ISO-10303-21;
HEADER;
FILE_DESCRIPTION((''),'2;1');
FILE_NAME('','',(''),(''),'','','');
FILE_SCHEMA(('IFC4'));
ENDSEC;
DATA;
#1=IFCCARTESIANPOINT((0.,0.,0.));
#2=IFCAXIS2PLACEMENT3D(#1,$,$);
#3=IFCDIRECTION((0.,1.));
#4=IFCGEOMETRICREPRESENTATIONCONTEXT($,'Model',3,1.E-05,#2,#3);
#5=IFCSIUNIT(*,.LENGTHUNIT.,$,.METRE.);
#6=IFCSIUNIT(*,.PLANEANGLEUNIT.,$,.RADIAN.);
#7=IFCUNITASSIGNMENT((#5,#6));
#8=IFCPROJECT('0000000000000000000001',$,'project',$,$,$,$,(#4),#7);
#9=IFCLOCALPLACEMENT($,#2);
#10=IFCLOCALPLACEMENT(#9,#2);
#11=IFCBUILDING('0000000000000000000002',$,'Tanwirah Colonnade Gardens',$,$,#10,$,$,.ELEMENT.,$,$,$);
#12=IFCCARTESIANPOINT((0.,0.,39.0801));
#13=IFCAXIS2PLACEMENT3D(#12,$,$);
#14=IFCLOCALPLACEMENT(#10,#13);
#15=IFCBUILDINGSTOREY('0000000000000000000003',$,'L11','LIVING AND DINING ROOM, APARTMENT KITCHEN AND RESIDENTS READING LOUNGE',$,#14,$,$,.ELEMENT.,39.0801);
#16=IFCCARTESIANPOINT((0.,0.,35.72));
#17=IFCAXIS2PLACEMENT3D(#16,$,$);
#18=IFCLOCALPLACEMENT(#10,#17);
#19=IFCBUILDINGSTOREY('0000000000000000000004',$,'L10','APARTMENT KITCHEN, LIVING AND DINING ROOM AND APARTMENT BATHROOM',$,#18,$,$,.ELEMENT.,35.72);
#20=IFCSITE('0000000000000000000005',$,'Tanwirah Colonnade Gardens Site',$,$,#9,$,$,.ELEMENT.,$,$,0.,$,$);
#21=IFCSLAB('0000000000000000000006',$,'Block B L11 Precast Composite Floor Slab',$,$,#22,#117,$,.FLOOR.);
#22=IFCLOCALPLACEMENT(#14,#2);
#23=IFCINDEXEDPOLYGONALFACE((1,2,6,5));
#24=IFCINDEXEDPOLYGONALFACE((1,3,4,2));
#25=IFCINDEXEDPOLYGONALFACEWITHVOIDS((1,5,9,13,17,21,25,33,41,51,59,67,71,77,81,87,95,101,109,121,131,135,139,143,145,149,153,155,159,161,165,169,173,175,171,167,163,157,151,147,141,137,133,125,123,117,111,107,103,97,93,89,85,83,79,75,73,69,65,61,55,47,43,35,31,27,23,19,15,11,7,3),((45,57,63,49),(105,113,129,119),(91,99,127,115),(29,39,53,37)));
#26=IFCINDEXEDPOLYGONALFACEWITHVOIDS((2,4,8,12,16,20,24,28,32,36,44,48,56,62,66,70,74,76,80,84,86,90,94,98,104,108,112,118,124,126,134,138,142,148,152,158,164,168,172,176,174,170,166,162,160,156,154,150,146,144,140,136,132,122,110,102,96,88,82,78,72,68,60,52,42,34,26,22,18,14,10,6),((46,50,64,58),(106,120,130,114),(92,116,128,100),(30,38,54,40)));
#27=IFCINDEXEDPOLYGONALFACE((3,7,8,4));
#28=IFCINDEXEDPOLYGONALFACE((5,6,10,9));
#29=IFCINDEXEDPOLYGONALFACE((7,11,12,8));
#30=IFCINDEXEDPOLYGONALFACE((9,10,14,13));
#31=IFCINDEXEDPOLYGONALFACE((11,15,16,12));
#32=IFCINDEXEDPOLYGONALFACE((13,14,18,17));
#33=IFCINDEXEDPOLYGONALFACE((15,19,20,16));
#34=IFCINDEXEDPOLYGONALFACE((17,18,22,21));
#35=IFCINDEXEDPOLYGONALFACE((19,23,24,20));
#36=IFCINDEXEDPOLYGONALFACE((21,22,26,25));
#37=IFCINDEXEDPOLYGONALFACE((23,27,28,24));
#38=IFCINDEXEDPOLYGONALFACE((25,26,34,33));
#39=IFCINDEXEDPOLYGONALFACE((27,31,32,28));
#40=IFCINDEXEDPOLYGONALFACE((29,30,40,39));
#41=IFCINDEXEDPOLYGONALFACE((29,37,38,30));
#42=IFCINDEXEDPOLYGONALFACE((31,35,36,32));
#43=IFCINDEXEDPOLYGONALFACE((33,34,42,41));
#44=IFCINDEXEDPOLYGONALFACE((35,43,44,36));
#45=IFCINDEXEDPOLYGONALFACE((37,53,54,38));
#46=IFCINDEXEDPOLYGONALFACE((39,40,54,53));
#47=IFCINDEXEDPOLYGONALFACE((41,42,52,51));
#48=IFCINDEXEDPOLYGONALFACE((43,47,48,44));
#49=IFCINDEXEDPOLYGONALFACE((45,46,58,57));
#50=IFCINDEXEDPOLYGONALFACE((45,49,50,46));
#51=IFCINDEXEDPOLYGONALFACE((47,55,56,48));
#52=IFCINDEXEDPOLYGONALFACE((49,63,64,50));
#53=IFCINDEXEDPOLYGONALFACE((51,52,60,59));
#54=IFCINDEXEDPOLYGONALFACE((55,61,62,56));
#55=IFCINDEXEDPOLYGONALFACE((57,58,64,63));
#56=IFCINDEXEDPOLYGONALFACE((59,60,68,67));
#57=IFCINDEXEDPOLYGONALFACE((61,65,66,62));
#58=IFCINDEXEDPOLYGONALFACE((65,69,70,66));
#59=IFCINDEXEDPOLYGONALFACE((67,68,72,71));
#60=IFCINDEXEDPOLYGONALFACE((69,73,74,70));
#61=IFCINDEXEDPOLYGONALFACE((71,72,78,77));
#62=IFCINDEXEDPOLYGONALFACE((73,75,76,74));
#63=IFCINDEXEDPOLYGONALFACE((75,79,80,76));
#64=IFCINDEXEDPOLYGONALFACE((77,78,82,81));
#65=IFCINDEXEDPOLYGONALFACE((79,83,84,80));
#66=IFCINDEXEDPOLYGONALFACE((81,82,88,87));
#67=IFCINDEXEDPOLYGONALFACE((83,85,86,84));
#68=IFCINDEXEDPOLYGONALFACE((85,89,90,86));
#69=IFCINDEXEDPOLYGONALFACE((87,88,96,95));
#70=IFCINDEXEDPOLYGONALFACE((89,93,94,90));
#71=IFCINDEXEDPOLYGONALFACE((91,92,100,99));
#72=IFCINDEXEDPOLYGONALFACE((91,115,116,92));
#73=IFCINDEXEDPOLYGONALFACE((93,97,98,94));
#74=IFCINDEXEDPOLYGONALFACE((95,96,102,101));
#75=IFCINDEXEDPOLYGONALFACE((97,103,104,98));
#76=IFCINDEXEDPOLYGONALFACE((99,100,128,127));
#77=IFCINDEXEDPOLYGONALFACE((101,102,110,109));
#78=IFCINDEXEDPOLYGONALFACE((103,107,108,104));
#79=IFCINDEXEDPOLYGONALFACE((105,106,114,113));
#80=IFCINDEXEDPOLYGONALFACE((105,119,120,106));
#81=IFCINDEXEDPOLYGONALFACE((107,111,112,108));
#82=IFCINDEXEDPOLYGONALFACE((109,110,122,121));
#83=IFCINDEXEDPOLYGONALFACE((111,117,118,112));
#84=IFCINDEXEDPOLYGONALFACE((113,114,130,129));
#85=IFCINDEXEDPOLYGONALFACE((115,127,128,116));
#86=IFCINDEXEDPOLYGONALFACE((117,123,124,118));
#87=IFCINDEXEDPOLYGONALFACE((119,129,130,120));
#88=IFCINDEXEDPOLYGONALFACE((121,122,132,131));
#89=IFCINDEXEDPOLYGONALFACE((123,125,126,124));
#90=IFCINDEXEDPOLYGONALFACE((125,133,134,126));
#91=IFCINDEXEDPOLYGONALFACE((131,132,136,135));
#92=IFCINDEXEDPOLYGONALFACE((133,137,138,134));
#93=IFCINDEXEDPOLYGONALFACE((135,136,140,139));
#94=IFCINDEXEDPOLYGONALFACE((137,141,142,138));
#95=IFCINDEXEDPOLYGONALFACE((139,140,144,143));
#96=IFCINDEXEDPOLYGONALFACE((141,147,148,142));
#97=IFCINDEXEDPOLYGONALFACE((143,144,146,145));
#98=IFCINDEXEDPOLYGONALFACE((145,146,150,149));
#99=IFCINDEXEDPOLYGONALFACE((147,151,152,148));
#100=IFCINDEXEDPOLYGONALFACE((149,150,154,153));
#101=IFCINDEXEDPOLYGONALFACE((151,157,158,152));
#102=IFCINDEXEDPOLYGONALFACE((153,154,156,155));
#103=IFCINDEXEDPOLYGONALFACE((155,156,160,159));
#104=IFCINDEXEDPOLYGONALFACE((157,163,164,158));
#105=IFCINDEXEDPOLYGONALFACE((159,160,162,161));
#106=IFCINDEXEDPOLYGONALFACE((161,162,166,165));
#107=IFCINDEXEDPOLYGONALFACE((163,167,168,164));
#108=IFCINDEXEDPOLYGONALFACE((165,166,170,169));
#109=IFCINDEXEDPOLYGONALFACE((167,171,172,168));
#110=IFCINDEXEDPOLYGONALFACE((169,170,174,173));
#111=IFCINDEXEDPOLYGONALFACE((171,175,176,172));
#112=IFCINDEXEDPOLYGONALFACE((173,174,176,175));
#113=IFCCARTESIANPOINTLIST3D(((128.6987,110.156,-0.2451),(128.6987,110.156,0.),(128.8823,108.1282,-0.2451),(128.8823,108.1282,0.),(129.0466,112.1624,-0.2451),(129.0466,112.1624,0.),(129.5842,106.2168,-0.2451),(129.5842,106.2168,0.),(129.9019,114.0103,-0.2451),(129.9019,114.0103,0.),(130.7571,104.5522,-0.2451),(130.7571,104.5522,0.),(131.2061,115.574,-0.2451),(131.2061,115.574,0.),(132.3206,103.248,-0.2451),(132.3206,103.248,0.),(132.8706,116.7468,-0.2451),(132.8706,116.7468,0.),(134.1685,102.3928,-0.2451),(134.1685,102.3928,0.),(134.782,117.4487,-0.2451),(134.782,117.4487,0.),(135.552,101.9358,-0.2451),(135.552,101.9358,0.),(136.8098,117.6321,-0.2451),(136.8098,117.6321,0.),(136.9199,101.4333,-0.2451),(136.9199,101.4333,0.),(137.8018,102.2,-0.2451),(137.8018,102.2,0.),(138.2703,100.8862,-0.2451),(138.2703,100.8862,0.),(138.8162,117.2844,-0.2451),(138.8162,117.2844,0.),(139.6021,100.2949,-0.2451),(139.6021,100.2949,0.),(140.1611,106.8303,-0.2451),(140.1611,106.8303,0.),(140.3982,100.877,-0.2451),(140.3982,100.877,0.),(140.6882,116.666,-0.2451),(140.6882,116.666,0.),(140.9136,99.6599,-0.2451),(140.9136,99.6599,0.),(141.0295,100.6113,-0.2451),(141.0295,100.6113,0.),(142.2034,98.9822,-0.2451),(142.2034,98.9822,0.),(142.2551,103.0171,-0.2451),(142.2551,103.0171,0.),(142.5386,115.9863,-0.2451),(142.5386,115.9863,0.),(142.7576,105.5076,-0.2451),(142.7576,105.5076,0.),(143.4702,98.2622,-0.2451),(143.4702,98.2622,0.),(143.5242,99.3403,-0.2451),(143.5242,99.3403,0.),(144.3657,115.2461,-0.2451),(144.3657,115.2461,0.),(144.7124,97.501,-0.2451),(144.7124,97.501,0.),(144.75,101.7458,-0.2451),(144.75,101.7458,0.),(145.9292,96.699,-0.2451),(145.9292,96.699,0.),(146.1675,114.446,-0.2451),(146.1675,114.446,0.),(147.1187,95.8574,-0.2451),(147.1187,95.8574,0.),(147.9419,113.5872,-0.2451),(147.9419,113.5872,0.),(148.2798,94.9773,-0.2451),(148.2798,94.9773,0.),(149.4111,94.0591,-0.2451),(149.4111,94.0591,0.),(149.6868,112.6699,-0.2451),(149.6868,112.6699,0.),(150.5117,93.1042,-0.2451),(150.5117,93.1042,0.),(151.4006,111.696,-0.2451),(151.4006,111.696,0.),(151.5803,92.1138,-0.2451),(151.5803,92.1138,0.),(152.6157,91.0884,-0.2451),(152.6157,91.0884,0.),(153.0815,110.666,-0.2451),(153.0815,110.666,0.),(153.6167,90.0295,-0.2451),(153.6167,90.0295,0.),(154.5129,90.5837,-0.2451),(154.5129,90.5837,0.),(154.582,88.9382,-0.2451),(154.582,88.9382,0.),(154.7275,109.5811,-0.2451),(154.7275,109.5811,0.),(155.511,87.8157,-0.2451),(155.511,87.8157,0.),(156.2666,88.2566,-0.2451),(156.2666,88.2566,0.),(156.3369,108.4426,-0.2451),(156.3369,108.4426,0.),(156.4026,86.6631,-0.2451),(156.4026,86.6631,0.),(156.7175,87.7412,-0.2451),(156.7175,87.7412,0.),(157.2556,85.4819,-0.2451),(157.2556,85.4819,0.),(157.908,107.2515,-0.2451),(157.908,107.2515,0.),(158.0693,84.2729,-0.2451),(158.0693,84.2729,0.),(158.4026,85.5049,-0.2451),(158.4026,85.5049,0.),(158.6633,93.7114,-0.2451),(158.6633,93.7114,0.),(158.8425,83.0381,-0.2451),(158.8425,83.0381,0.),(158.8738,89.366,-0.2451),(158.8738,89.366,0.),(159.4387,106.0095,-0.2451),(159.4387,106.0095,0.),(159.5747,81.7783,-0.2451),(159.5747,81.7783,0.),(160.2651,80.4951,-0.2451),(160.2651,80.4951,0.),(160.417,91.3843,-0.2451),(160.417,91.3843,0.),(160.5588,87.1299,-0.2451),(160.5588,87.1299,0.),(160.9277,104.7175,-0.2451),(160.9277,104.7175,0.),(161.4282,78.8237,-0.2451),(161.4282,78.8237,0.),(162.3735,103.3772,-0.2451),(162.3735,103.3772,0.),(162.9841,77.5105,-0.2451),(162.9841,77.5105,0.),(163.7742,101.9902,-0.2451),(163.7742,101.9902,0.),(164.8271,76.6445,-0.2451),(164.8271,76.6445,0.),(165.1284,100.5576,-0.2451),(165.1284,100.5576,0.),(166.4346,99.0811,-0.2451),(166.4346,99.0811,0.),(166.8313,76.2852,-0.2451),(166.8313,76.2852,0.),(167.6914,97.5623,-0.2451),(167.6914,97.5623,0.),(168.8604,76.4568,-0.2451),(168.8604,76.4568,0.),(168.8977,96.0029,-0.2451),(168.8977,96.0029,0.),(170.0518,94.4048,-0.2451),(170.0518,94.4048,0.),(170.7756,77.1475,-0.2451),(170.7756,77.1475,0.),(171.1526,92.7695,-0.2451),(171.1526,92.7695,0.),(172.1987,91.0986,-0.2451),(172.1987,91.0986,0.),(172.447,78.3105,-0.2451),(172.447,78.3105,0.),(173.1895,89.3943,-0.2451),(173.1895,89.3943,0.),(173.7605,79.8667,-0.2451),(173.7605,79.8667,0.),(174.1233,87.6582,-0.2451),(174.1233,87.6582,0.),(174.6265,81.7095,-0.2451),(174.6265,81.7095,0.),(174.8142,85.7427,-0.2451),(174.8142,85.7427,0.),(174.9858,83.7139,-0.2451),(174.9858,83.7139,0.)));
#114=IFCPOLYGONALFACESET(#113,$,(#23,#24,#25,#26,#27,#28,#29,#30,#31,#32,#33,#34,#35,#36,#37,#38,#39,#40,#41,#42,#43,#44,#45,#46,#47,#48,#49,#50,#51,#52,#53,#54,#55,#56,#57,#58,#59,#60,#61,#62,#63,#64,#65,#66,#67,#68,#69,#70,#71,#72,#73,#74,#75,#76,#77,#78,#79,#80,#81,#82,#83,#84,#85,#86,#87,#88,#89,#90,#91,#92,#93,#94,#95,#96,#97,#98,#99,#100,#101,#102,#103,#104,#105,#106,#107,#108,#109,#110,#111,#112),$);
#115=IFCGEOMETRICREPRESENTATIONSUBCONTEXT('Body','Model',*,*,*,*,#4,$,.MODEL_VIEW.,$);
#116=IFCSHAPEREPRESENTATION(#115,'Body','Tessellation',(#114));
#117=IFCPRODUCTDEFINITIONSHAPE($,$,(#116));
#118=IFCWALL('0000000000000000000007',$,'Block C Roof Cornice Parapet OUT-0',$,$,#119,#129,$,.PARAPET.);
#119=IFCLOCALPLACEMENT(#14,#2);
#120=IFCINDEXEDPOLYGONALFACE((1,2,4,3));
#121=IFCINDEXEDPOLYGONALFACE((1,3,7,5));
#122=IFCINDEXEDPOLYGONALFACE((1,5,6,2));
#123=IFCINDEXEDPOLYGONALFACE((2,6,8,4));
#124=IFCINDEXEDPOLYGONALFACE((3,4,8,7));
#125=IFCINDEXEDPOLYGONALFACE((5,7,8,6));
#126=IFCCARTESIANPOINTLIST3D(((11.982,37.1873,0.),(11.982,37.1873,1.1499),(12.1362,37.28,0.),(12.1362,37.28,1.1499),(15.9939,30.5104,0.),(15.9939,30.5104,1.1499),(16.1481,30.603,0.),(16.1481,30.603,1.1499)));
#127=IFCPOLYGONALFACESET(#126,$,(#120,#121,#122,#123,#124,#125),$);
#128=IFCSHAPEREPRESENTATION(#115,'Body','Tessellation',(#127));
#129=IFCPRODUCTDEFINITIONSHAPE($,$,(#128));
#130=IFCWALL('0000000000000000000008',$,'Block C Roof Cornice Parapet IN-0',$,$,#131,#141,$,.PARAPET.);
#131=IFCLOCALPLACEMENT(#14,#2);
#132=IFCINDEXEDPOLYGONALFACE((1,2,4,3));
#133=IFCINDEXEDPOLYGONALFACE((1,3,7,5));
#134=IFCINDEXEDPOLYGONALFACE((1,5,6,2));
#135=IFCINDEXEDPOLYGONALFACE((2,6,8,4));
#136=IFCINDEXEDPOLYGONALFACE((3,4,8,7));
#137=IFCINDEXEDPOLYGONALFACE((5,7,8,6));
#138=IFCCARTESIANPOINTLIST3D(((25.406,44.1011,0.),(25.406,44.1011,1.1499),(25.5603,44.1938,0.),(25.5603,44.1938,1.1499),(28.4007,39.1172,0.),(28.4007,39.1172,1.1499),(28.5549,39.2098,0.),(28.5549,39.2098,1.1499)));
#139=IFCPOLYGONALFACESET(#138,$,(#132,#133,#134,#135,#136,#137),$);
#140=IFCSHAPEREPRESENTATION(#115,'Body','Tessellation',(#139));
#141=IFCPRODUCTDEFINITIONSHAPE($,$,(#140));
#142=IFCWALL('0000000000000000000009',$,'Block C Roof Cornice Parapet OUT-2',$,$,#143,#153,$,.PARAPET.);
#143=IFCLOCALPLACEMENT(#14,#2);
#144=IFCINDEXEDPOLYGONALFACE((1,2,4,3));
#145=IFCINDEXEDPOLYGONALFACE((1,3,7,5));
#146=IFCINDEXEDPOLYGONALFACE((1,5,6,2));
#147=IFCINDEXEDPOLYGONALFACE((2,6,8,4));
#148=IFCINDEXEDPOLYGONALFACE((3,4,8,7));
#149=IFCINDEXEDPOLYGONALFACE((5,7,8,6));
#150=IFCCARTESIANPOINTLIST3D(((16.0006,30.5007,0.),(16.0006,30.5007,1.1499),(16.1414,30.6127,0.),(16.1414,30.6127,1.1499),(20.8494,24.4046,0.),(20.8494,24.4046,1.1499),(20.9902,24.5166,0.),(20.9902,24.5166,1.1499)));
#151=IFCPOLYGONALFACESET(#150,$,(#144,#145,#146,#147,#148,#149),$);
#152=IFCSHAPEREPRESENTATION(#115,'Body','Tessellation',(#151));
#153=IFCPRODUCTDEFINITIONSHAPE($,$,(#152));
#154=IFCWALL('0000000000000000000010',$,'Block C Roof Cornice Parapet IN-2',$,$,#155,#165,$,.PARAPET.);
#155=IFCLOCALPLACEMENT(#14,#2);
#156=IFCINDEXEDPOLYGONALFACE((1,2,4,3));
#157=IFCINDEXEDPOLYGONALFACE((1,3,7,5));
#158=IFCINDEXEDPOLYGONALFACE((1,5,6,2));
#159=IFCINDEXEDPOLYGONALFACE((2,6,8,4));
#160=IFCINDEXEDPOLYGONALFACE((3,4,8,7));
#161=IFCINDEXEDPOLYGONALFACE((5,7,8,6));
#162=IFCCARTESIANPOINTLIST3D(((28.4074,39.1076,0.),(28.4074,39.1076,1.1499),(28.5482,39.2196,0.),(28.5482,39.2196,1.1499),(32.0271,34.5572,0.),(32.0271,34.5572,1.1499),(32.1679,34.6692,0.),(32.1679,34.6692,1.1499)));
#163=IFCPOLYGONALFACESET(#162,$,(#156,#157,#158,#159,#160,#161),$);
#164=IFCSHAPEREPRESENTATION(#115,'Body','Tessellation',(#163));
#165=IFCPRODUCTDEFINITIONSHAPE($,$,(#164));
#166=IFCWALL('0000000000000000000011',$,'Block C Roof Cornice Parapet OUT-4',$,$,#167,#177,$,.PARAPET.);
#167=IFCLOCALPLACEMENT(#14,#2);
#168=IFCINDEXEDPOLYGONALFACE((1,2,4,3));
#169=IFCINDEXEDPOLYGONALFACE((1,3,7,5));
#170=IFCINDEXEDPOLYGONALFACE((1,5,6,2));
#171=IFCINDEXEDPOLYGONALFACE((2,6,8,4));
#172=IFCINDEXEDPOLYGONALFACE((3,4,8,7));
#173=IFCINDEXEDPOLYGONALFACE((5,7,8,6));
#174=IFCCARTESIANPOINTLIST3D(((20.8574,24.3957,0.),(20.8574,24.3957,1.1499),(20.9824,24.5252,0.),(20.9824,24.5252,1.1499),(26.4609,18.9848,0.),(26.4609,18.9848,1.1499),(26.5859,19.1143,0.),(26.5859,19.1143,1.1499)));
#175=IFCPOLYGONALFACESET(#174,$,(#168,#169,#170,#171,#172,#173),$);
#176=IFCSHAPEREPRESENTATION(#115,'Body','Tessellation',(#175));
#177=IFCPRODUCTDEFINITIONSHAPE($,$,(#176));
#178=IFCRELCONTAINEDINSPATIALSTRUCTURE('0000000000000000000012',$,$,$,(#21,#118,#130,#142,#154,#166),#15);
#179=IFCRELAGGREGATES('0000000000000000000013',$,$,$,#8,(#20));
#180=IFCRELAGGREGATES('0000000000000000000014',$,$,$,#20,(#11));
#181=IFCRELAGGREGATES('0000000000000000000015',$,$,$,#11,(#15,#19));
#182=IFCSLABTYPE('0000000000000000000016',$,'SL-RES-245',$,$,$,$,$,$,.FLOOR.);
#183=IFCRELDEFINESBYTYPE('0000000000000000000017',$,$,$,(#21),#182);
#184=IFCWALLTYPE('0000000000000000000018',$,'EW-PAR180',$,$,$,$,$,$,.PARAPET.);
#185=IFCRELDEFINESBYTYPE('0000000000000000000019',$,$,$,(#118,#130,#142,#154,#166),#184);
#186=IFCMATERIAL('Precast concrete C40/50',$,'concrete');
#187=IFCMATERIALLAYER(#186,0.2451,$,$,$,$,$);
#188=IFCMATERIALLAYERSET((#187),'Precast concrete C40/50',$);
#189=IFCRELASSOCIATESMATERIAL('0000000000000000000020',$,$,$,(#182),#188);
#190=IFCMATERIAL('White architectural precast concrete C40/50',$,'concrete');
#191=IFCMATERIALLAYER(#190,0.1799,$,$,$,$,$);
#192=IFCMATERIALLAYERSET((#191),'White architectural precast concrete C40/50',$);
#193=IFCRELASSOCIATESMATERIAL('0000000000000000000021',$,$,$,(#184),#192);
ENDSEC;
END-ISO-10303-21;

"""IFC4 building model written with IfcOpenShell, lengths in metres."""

from ifc_helpers import new_model, si_unit, direction, frame, frame_2d, origin, place, context, subcontext, project, spatial, polyline, rectangle, outline, extrude, material, layer, layer_set, type_object, element, save


model = new_model("IFC4")

# Units and contexts
model_context = context("Model", 3, precision=1e-05, world=origin(), true_north=direction((0.0, 1.0)))
body_context = subcontext(model_context, "Body", "Model", "MODEL_VIEW")
ifc_project = project(units=[si_unit("LENGTHUNIT", "METRE"), si_unit("PLANEANGLEUNIT", "RADIAN")], contexts=[model_context])

# Site, building, storey
site_placement = place(None, origin())
site = spatial("IfcSite", under=ifc_project, at=site_placement, Name="Tanwirah Colonnade Gardens Site", CompositionType="ELEMENT", RefElevation=0.0)
building_placement = place(site_placement, origin())
building = spatial("IfcBuilding", under=site, at=building_placement, Name="Tanwirah Colonnade Gardens", CompositionType="ELEMENT")
storey_1_placement = place(building_placement, frame((0.0, 0.0, 39.0801)))
storey_1 = spatial("IfcBuildingStorey", under=building, at=storey_1_placement, Name="L11", Description="LIVING AND DINING ROOM, APARTMENT KITCHEN AND RESIDENTS READING LOUNGE", CompositionType="ELEMENT", Elevation=39.0801)

# Shared definitions
storey_2_placement = place(building_placement, frame((0.0, 0.0, 35.72)))
storey_2 = spatial("IfcBuildingStorey", under=building, at=storey_2_placement, Name="L10", Description="APARTMENT KITCHEN, LIVING AND DINING ROOM AND APARTMENT BATHROOM", CompositionType="ELEMENT", Elevation=35.72)

# Shared definitions
ifc_material_1 = material(Name="White architectural precast concrete C40/50", Category="concrete")

# Shared definitions
ifc_material_2 = material(Name="Precast concrete C40/50", Category="concrete")

# Slab
ifc_layer_1 = layer(ifc_material_2, 0.2451)
ifc_layer_set_1 = layer_set([ifc_layer_1], Name="Precast concrete C40/50")
slab_type_1 = type_object("IfcSlabType", Name="SL-RES-245", PredefinedType="FLOOR", material=ifc_layer_set_1)
slab_1_placement = place(storey_1_placement, frame((0.0, 0.0, -0.2451)))
element("IfcSlab", 1, at=slab_1_placement, inside=storey_1, type_object=slab_type_1, Name="Block B L11 Precast Composite Floor Slab", PredefinedType="FLOOR", context=body_context, shape_type="SweptSolid", body=[
    extrude(outline(polyline([(158.8425, 83.0381), (159.5747, 81.7783), (160.2651, 80.4951), (161.4282, 78.8237), (162.9841, 77.5105), (164.8271, 76.6445), (166.8313, 76.2852), (168.8604, 76.4568), (170.7756, 77.1475), (172.447, 78.3105), (173.7605, 79.8667), (174.6265, 81.7095), (174.9858, 83.7139), (174.8142, 85.7427), (174.1233, 87.6582), (173.1895, 89.3943), (172.1987, 91.0986), (171.1526, 92.7695), (170.0518, 94.4048), (168.8977, 96.0029), (167.6914, 97.5623), (166.4346, 99.0811), (165.1284, 100.5576), (163.7742, 101.9902), (162.3735, 103.3772), (160.9277, 104.7175), (159.4387, 106.0095), (157.908, 107.2515), (156.3369, 108.4426), (154.7275, 109.5811), (153.0815, 110.666), (151.4006, 111.696), (149.6868, 112.6699), (147.9419, 113.5872), (146.1675, 114.446), (144.3657, 115.2461), (142.5386, 115.9863), (140.6882, 116.666), (138.8162, 117.2844), (136.8098, 117.6321), (134.782, 117.4487), (132.8706, 116.7468), (131.2061, 115.574), (129.9019, 114.0103), (129.0466, 112.1624), (128.6987, 110.156), (128.8823, 108.1282), (129.5842, 106.2168), (130.7571, 104.5522), (132.3206, 103.248), (134.1685, 102.3928), (135.552, 101.9358), (136.9199, 101.4333), (138.2703, 100.8862), (139.6021, 100.2949), (140.9136, 99.6599), (142.2034, 98.9822), (143.4702, 98.2622), (144.7124, 97.501), (145.9292, 96.699), (147.1187, 95.8574), (148.2798, 94.9773), (149.4111, 94.0591), (150.5117, 93.1042), (151.5803, 92.1138), (152.6157, 91.0884), (153.6167, 90.0295), (154.582, 88.9382), (155.511, 87.8157), (156.4026, 86.6631), (157.2556, 85.4819), (158.0693, 84.2729), (158.8425, 83.0381)]), holes=[polyline([(160.417, 91.3843), (156.2666, 88.2566), (154.5129, 90.5837), (158.6633, 93.7114), (160.417, 91.3843)]), polyline([(158.4026, 85.5049), (156.7175, 87.7412), (158.8738, 89.366), (160.5588, 87.1299), (158.4026, 85.5049)]), polyline([(137.8018, 102.2), (140.1611, 106.8303), (142.7576, 105.5076), (140.3982, 100.877), (137.8018, 102.2)]), polyline([(142.2551, 103.0171), (144.75, 101.7458), (143.5242, 99.3403), (141.0295, 100.6113), (142.2551, 103.0171)])]), origin(), (0.0, 0.0, 1.0), 0.2451),
])

# Walls
ifc_layer_2 = layer(ifc_material_1, 0.1799)
ifc_layer_set_2 = layer_set([ifc_layer_2], Name="White architectural precast concrete C40/50")
wall_type = type_object("IfcWallType", Name="EW-PAR180", PredefinedType="PARAPET", material=ifc_layer_set_2)
wall_1_placement = place(storey_1_placement, frame((12.0591, 37.2336, 0.0), z_axis=(0.0, 0.0, 1.0), x_axis=(0.51504, -0.857166, 0.0)))
element("IfcWall", 2, at=wall_1_placement, inside=storey_1, type_object=wall_type, Name="Block C Roof Cornice Parapet OUT-0", PredefinedType="PARAPET", context=body_context, shape_type="SweptSolid", body=[
    extrude(rectangle(XDim=7.7896, YDim=0.1799, at=frame_2d((3.8948, 0.0))), origin(), (0.0, 0.0, 1.0), 1.1499),
])
wall_2_placement = place(storey_1_placement, frame((25.4832, 44.1475, 0.0), z_axis=(0.0, 0.0, 1.0), x_axis=(0.515039, -0.857167, 0.0)))
element("IfcWall", 3, at=wall_2_placement, inside=storey_1, type_object=wall_type, Name="Block C Roof Cornice Parapet IN-0", PredefinedType="PARAPET", context=body_context, shape_type="SweptSolid", body=[
    extrude(rectangle(XDim=5.8145, YDim=0.1799, at=frame_2d((2.9072, 0.0))), origin(), (0.0, 0.0, 1.0), 1.1499),
])
wall_3_placement = place(storey_1_placement, frame((16.071, 30.5566, 0.0), z_axis=(0.0, 0.0, 1.0), x_axis=(0.622495, -0.782624, 0.0)))
element("IfcWall", 4, at=wall_3_placement, inside=storey_1, type_object=wall_type, Name="Block C Roof Cornice Parapet OUT-2", PredefinedType="PARAPET", context=body_context, shape_type="SweptSolid", body=[
    extrude(rectangle(XDim=7.7893, YDim=0.1799, at=frame_2d((3.8945, 0.0))), origin(), (0.0, 0.0, 1.0), 1.1499),
])
wall_4_placement = place(storey_1_placement, frame((28.4778, 39.1636, 0.0), z_axis=(0.0, 0.0, 1.0), x_axis=(0.622532, -0.782595, 0.0)))
element("IfcWall", 5, at=wall_4_placement, inside=storey_1, type_object=wall_type, Name="Block C Roof Cornice Parapet IN-2", PredefinedType="PARAPET", context=body_context, shape_type="SweptSolid", body=[
    extrude(rectangle(XDim=5.8145, YDim=0.1799, at=frame_2d((2.9072, 0.0))), origin(), (0.0, 0.0, 1.0), 1.1499),
])
wall_5_placement = place(storey_1_placement, frame((20.9199, 24.4604, 0.0), z_axis=(0.0, 0.0, 1.0), x_axis=(0.719363, -0.694634, 0.0)))
element("IfcWall", 6, at=wall_5_placement, inside=storey_1, type_object=wall_type, Name="Block C Roof Cornice Parapet OUT-4", PredefinedType="PARAPET", context=body_context, shape_type="SweptSolid", body=[
    extrude(rectangle(XDim=7.7896, YDim=0.1799, at=frame_2d((3.8948, 0.0))), origin(), (0.0, 0.0, 1.0), 1.1499),
])

save(model, "model.ifc")
